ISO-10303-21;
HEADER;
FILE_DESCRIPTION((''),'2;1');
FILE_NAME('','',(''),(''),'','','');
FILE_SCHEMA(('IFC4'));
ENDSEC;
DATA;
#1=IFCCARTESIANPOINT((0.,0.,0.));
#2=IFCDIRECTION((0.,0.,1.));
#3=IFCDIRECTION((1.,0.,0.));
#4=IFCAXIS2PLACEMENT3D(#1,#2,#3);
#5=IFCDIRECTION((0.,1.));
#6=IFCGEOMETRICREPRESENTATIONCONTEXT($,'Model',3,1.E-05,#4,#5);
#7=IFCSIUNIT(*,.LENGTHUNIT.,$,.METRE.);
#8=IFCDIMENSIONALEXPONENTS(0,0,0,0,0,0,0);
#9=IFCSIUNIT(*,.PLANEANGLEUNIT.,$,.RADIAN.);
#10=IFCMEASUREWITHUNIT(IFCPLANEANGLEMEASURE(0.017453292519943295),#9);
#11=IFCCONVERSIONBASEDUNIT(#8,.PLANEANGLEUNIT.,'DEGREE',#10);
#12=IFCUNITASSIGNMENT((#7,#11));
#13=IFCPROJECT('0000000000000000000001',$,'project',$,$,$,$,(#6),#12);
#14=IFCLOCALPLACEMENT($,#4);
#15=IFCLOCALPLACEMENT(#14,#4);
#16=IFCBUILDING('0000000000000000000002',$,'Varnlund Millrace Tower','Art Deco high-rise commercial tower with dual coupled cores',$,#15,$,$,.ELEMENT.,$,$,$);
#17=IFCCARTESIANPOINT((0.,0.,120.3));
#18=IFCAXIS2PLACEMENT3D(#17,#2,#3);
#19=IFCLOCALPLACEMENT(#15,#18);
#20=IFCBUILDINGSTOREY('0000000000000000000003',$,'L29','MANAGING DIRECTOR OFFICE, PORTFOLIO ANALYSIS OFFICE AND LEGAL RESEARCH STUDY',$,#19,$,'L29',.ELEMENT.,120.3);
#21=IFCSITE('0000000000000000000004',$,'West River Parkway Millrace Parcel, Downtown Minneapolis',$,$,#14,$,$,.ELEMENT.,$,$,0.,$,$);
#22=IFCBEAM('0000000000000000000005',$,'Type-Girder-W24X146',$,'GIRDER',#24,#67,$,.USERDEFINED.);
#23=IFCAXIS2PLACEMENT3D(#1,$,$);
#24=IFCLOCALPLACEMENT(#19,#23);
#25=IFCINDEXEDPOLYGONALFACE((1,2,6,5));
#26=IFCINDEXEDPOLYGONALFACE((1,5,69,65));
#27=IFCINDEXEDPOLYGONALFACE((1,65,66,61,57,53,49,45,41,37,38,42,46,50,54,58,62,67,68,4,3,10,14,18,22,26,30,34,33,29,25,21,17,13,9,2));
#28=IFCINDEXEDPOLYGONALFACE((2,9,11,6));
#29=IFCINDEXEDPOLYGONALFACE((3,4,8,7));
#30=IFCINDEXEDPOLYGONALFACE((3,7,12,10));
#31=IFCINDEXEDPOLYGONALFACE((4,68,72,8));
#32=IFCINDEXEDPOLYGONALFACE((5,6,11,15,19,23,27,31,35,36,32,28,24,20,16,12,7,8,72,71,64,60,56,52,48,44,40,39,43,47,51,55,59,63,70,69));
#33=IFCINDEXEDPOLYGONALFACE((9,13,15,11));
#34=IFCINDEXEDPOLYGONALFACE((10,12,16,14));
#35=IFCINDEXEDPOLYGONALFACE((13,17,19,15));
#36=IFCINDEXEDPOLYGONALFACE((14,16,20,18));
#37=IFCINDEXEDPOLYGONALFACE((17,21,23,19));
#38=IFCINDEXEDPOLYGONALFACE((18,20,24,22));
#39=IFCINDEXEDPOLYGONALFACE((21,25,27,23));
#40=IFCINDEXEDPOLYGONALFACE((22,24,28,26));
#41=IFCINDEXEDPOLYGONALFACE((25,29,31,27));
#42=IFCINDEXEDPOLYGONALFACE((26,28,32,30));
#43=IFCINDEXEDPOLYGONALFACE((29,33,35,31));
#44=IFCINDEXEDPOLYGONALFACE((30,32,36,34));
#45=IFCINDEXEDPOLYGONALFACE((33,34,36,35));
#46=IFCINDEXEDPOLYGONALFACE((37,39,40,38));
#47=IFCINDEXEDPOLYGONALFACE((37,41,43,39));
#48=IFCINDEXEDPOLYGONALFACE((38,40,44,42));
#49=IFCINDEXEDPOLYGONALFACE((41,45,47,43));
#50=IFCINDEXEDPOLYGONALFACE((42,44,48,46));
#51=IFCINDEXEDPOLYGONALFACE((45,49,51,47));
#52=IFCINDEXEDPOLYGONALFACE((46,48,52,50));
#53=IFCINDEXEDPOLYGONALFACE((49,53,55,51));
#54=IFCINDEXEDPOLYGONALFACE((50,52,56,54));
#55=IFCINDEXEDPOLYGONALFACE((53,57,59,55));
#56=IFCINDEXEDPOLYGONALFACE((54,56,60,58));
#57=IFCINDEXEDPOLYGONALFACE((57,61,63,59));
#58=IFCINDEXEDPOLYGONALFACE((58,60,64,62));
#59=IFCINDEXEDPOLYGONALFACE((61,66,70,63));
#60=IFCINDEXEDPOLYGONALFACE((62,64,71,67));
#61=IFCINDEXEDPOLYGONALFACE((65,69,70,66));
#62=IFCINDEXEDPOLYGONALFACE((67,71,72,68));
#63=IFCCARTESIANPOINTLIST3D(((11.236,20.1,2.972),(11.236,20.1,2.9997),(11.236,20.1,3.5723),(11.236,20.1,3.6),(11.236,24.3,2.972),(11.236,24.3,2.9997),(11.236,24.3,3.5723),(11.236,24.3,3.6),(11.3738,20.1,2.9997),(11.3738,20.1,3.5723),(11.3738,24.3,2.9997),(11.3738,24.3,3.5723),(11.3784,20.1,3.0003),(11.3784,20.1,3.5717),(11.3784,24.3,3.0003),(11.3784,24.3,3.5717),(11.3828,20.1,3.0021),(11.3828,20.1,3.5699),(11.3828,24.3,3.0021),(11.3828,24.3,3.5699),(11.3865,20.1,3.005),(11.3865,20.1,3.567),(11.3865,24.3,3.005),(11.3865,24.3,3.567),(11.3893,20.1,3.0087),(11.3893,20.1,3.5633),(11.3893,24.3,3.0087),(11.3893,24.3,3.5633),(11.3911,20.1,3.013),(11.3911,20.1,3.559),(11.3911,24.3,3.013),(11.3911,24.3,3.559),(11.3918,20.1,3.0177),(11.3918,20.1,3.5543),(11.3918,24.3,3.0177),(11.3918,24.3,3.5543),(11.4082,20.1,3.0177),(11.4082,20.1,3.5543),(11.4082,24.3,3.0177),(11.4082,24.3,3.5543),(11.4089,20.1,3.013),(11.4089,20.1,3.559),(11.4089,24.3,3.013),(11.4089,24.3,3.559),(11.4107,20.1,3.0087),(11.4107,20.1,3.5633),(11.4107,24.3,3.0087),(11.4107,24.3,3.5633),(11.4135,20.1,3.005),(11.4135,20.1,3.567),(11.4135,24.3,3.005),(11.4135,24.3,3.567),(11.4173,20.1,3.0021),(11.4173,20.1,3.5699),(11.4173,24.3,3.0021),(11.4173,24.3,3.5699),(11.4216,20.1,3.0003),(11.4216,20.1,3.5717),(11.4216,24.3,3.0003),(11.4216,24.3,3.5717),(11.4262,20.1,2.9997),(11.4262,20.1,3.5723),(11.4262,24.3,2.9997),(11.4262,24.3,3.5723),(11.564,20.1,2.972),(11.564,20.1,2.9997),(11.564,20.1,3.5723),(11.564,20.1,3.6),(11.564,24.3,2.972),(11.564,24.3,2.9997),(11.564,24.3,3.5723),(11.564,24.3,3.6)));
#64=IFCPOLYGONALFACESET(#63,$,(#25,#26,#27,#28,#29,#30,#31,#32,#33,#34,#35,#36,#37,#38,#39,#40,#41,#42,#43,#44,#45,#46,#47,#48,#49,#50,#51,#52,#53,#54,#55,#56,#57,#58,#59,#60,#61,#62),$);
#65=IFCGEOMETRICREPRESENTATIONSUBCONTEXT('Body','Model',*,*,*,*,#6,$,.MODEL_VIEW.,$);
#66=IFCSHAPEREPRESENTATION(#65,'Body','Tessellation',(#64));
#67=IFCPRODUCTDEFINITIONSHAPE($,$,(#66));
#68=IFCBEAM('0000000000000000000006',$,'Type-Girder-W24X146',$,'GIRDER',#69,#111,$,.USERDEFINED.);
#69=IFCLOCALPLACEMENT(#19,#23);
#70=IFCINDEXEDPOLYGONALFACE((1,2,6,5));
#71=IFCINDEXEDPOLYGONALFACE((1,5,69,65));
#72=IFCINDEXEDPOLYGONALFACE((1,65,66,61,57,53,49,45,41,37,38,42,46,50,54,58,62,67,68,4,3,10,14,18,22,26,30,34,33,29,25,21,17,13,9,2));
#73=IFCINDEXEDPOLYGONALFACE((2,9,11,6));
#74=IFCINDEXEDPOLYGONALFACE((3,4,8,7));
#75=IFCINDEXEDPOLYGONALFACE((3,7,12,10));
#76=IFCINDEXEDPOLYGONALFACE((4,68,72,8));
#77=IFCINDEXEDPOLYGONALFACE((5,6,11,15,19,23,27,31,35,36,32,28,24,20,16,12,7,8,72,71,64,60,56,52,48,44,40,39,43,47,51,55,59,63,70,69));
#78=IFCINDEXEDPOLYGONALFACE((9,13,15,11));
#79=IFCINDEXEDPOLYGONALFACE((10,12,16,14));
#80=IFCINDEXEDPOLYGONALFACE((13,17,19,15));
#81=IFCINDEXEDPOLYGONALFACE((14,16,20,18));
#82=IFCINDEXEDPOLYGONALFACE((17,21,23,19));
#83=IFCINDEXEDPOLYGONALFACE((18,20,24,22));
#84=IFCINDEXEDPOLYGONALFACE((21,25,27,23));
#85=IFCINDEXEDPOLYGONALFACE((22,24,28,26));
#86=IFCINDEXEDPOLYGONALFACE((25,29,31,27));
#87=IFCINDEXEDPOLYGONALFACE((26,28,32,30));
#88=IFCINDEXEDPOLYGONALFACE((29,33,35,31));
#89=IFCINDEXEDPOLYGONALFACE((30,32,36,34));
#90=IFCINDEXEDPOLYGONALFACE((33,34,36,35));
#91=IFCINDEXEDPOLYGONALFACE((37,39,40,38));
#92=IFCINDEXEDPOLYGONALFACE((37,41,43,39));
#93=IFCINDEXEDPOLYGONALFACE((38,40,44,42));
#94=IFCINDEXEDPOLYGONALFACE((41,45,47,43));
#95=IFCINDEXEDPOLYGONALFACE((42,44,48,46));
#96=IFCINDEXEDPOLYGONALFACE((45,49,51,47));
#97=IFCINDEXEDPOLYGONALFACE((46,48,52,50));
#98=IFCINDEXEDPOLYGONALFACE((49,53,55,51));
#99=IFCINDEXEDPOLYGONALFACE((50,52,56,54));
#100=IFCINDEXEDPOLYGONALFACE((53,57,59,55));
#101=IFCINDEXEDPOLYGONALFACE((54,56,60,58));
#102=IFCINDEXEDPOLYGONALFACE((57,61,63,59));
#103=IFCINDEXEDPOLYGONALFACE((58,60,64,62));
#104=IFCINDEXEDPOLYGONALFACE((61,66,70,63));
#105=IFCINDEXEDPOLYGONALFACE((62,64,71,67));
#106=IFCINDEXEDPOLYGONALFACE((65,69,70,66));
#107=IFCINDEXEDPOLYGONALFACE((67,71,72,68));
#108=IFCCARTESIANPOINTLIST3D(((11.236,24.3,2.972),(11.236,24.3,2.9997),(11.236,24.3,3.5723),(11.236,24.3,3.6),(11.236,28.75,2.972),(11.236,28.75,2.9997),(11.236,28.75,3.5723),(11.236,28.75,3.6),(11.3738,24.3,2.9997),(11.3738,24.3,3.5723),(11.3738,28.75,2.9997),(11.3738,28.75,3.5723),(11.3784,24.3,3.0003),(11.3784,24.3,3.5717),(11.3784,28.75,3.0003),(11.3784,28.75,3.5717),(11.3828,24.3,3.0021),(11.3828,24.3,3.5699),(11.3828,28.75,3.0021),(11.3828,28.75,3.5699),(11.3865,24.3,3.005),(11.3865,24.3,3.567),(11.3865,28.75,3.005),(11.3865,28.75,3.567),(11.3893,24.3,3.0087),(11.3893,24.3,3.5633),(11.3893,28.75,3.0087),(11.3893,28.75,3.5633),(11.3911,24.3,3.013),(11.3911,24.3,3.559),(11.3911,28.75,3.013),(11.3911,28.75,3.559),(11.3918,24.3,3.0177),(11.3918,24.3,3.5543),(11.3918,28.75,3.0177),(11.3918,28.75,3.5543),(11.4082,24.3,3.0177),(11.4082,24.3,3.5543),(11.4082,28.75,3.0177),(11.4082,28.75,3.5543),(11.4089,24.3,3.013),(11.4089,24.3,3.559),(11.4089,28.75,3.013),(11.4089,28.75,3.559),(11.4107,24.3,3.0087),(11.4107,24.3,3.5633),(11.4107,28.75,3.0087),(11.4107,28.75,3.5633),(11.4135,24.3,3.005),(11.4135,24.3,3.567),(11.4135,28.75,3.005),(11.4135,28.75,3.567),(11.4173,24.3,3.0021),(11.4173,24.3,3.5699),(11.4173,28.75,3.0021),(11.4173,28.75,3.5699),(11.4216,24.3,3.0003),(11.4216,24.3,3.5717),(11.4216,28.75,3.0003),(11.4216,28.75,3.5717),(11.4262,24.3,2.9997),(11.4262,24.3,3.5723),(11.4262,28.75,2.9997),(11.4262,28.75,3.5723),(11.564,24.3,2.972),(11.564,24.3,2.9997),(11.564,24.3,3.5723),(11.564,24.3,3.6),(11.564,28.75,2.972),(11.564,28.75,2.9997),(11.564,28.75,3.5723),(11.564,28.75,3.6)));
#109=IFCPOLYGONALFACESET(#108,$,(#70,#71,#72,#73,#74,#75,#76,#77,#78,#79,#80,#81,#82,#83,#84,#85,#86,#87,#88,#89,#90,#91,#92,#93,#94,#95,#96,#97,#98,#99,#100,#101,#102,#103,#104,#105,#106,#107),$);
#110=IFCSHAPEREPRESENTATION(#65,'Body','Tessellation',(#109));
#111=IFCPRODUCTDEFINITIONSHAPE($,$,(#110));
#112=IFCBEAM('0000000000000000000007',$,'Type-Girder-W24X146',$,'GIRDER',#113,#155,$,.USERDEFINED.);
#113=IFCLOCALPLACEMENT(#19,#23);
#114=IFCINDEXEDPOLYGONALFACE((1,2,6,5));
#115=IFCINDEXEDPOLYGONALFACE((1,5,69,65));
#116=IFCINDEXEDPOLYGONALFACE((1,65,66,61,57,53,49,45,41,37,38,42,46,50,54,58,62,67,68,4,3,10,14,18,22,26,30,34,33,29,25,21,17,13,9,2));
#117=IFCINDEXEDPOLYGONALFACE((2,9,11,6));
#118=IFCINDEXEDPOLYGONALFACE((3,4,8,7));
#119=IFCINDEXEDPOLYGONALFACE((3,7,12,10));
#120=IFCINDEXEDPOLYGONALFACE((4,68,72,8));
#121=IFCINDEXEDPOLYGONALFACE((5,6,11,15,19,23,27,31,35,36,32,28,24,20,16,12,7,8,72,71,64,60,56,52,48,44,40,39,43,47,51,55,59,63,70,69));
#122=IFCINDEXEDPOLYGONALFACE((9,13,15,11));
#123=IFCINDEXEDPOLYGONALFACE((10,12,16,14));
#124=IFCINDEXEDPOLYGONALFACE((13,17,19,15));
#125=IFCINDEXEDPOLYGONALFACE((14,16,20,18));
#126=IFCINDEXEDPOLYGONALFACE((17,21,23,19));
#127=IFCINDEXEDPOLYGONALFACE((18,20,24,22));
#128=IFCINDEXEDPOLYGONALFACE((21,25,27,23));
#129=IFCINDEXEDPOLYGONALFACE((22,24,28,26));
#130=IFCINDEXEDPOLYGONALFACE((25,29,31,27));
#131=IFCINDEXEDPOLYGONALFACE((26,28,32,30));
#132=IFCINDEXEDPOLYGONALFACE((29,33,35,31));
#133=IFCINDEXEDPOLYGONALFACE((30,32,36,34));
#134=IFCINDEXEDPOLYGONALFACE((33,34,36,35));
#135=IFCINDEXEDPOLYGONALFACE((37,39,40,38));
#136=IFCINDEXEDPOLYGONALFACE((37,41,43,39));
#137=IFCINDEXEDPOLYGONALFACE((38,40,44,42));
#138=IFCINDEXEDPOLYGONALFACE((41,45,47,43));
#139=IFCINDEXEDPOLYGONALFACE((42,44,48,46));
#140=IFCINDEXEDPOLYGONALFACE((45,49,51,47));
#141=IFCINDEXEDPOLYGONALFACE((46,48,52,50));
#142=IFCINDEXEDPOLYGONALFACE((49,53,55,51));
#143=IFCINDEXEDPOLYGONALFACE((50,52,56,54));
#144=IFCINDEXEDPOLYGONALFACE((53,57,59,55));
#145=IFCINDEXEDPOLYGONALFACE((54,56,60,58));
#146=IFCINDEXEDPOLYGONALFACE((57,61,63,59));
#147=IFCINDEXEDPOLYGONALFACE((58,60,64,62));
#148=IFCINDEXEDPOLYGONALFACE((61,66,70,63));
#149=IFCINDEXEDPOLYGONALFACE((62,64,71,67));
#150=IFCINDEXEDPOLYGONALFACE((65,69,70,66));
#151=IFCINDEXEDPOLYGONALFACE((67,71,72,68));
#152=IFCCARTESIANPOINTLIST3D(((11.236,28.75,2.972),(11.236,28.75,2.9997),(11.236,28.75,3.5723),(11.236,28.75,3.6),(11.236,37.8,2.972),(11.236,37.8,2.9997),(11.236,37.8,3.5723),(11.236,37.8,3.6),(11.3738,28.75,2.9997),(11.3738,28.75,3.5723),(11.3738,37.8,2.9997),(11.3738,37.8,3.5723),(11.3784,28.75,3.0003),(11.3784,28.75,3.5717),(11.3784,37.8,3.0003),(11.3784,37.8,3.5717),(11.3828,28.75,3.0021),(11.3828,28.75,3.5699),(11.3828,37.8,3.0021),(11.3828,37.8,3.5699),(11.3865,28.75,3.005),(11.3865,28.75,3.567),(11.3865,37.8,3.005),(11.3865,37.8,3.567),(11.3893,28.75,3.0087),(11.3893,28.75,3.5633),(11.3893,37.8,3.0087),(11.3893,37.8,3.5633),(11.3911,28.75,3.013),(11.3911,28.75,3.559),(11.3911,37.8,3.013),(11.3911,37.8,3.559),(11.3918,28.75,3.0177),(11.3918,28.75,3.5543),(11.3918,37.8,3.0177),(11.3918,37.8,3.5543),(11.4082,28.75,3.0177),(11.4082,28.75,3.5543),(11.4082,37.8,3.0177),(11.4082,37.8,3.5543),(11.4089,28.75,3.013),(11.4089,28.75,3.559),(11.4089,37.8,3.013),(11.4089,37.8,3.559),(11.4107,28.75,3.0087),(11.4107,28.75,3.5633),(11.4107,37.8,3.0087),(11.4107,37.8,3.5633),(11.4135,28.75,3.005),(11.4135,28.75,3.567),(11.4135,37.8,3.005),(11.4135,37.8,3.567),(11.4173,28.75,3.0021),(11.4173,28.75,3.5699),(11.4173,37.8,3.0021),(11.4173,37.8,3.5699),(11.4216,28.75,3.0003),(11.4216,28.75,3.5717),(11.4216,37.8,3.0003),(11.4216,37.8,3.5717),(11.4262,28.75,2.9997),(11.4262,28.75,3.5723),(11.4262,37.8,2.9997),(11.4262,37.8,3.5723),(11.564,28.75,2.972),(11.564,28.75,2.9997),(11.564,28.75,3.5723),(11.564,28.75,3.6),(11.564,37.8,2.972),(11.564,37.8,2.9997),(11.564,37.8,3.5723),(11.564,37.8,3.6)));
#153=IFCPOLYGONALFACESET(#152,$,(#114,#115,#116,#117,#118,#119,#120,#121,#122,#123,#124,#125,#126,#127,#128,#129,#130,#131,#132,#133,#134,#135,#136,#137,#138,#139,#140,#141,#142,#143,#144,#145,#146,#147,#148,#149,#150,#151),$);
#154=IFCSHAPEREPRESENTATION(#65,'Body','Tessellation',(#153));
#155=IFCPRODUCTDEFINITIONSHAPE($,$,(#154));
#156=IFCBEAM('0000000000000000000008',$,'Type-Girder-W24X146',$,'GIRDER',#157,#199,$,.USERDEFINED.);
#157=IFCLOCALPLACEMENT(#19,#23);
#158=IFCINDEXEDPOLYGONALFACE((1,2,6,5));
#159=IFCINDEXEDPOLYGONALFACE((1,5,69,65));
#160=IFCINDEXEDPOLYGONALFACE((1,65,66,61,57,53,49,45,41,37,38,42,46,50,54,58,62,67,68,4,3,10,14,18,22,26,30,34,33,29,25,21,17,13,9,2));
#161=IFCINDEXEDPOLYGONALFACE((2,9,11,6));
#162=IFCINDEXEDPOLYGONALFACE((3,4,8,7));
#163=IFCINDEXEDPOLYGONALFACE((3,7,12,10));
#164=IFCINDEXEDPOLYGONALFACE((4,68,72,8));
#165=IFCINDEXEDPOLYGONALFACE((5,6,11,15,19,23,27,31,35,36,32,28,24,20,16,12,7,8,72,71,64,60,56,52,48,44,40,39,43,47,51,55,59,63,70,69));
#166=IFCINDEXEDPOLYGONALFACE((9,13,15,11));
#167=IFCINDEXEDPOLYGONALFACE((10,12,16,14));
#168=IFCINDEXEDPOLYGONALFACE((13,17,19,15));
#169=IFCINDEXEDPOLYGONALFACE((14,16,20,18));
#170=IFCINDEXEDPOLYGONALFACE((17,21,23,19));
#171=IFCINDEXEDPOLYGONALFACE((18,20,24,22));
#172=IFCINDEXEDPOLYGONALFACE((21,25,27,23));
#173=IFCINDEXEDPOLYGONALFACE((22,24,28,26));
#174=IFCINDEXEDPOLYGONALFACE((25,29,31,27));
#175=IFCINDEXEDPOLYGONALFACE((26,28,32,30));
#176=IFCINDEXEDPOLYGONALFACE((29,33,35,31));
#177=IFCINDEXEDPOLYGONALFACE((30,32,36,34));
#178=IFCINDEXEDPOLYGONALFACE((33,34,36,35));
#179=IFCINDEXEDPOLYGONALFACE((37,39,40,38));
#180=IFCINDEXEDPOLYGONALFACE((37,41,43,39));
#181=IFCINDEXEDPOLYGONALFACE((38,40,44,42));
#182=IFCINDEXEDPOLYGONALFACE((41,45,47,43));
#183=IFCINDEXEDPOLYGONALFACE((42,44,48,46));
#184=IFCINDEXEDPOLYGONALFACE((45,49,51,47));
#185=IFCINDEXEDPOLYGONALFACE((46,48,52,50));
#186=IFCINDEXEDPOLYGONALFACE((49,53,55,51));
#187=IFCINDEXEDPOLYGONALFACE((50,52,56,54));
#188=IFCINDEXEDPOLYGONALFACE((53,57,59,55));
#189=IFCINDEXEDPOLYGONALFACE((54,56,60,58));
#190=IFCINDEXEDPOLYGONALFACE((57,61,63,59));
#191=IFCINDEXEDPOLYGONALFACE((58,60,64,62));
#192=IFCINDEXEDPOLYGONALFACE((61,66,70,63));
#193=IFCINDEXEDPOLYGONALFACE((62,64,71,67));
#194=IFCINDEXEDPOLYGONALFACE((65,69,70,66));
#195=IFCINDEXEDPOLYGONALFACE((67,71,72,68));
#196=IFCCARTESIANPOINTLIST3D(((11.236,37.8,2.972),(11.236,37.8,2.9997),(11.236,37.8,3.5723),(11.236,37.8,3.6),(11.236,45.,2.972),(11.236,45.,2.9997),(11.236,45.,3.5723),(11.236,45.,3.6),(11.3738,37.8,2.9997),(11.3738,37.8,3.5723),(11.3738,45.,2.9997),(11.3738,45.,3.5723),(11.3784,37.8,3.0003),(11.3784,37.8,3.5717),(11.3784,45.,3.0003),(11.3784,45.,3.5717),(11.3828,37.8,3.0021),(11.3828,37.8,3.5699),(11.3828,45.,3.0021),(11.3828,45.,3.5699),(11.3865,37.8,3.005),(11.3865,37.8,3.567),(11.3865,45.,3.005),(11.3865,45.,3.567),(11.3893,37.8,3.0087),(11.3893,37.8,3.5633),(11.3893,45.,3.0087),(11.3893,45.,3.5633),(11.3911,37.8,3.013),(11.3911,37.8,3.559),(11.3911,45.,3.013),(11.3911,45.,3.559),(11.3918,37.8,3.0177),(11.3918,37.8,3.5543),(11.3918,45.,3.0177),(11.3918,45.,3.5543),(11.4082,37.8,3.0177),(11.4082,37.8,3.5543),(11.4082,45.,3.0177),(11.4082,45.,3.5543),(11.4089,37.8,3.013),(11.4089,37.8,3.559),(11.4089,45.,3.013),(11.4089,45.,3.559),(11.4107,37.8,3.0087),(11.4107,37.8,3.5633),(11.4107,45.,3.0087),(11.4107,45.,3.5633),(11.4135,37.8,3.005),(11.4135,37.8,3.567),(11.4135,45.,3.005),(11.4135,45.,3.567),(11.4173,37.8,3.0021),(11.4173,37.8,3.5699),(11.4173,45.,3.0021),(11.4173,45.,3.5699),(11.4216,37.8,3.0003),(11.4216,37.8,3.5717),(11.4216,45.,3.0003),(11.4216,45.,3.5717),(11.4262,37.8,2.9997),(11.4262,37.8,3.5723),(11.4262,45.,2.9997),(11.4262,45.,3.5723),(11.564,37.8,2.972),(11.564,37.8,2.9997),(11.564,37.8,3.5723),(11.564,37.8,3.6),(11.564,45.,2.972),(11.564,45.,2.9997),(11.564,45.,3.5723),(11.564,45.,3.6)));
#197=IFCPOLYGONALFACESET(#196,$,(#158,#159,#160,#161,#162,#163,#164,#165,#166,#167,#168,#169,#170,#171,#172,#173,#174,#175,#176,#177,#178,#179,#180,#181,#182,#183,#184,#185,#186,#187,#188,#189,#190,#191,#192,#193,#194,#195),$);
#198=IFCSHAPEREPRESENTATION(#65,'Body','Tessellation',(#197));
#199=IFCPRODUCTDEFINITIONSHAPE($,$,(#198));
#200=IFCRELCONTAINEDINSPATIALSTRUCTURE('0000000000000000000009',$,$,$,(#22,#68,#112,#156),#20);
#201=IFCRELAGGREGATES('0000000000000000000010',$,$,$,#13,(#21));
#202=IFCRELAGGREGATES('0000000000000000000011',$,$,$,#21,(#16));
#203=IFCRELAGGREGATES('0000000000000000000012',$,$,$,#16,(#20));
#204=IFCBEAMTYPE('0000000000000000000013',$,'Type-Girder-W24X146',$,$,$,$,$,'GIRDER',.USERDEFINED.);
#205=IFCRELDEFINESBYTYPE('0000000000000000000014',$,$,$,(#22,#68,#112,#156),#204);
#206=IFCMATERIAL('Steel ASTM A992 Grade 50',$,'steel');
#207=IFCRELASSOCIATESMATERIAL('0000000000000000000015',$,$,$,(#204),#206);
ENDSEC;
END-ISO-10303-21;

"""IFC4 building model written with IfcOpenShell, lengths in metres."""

from ifc_helpers import new_model, entity, si_unit, converted_unit, direction, frame, origin_with_axes, origin_2d_with_axis, place, context, subcontext, project, spatial, i_section, extrude, material, material_profile, profile_set, type_object, element, save


model = new_model("IFC4")

# Units and contexts
model_context = context("Model", 3, precision=1e-05, world=origin_with_axes(), true_north=direction((0.0, 1.0)))
body_context = subcontext(model_context, "Body", "Model", "MODEL_VIEW")
ifc_project = project(units=[si_unit("LENGTHUNIT", "METRE"), converted_unit("PLANEANGLEUNIT", "DEGREE", entity("IfcPlaneAngleMeasure", 0.017453292519943295), si_unit("PLANEANGLEUNIT", "RADIAN"), dimensions=[0, 0, 0, 0, 0, 0, 0])], contexts=[model_context])

# Site, building, storey
site_placement = place(None, origin_with_axes())
site = spatial("IfcSite", under=ifc_project, at=site_placement, Name="West River Parkway Millrace Parcel, Downtown Minneapolis", CompositionType="ELEMENT", RefElevation=0.0)
building_placement = place(site_placement, origin_with_axes())
building = spatial("IfcBuilding", under=site, at=building_placement, Name="Varnlund Millrace Tower", Description="Art Deco high-rise commercial tower with dual coupled cores", CompositionType="ELEMENT")
storey_placement = place(building_placement, frame((0.0, 0.0, 120.3), z_axis=(0.0, 0.0, 1.0), x_axis=(1.0, 0.0, 0.0)))
storey = spatial("IfcBuildingStorey", under=building, at=storey_placement, Name="L29", Description="MANAGING DIRECTOR OFFICE, PORTFOLIO ANALYSIS OFFICE AND LEGAL RESEARCH STUDY", LongName="L29", CompositionType="ELEMENT", Elevation=120.3)

# Beams
ifc_material_1 = material(Name="Steel ASTM A992 Grade 50", Category="steel")
ifc_material_profile_1 = material_profile(ifc_material_1, i_section(OverallWidth=0.328, OverallDepth=0.628, WebThickness=0.0165, FlangeThickness=0.0277, FilletRadius=0.018, at=origin_2d_with_axis()), Name="Steel ASTM A992 Grade 50")
ifc_profile_set_1 = profile_set([ifc_material_profile_1], Name="Steel ASTM A992 Grade 50")
beam_type_1 = type_object("IfcBeamType", Name="Type-Girder-W24X146", ElementType="GIRDER", PredefinedType="USERDEFINED", material=ifc_profile_set_1)
beam_1_placement = place(storey_placement, frame((11.4, 20.1, 3.286), z_axis=(0.0, 1.0, 0.0), x_axis=(-1.0, 0.0, 0.0)))
element("IfcBeam", 1, at=beam_1_placement, inside=storey, type_object=beam_type_1, Name="Type-Girder-W24X146", ObjectType="GIRDER", PredefinedType="USERDEFINED", context=body_context, shape_type="SweptSolid", body=[
    extrude(i_section(OverallWidth=0.328, OverallDepth=0.628, WebThickness=0.0165, FlangeThickness=0.0277, FilletRadius=0.018, at=origin_2d_with_axis()), origin_with_axes(), (0.0, 0.0, 1.0), 4.2),
])
beam_2_placement = place(storey_placement, frame((11.4, 24.3, 3.286), z_axis=(0.0, 1.0, 0.0), x_axis=(-1.0, 0.0, 0.0)))
element("IfcBeam", 2, at=beam_2_placement, inside=storey, type_object=beam_type_1, Name="Type-Girder-W24X146", ObjectType="GIRDER", PredefinedType="USERDEFINED", context=body_context, shape_type="SweptSolid", body=[
    extrude(i_section(OverallWidth=0.328, OverallDepth=0.628, WebThickness=0.0165, FlangeThickness=0.0277, FilletRadius=0.018, at=origin_2d_with_axis()), origin_with_axes(), (0.0, 0.0, 1.0), 4.45),
])
beam_3_placement = place(storey_placement, frame((11.4, 28.75, 3.286), z_axis=(0.0, 1.0, 0.0), x_axis=(-1.0, 0.0, 0.0)))
element("IfcBeam", 3, at=beam_3_placement, inside=storey, type_object=beam_type_1, Name="Type-Girder-W24X146", ObjectType="GIRDER", PredefinedType="USERDEFINED", context=body_context, shape_type="SweptSolid", body=[
    extrude(i_section(OverallWidth=0.328, OverallDepth=0.628, WebThickness=0.0165, FlangeThickness=0.0277, FilletRadius=0.018, at=origin_2d_with_axis()), origin_with_axes(), (0.0, 0.0, 1.0), 9.05),
])
beam_4_placement = place(storey_placement, frame((11.4, 37.8, 3.286), z_axis=(0.0, 1.0, 0.0), x_axis=(-1.0, 0.0, 0.0)))
element("IfcBeam", 4, at=beam_4_placement, inside=storey, type_object=beam_type_1, Name="Type-Girder-W24X146", ObjectType="GIRDER", PredefinedType="USERDEFINED", context=body_context, shape_type="SweptSolid", body=[
    extrude(i_section(OverallWidth=0.328, OverallDepth=0.628, WebThickness=0.0165, FlangeThickness=0.0277, FilletRadius=0.018, at=origin_2d_with_axis()), origin_with_axes(), (0.0, 0.0, 1.0), 7.2),
])

save(model, "model.ifc")
